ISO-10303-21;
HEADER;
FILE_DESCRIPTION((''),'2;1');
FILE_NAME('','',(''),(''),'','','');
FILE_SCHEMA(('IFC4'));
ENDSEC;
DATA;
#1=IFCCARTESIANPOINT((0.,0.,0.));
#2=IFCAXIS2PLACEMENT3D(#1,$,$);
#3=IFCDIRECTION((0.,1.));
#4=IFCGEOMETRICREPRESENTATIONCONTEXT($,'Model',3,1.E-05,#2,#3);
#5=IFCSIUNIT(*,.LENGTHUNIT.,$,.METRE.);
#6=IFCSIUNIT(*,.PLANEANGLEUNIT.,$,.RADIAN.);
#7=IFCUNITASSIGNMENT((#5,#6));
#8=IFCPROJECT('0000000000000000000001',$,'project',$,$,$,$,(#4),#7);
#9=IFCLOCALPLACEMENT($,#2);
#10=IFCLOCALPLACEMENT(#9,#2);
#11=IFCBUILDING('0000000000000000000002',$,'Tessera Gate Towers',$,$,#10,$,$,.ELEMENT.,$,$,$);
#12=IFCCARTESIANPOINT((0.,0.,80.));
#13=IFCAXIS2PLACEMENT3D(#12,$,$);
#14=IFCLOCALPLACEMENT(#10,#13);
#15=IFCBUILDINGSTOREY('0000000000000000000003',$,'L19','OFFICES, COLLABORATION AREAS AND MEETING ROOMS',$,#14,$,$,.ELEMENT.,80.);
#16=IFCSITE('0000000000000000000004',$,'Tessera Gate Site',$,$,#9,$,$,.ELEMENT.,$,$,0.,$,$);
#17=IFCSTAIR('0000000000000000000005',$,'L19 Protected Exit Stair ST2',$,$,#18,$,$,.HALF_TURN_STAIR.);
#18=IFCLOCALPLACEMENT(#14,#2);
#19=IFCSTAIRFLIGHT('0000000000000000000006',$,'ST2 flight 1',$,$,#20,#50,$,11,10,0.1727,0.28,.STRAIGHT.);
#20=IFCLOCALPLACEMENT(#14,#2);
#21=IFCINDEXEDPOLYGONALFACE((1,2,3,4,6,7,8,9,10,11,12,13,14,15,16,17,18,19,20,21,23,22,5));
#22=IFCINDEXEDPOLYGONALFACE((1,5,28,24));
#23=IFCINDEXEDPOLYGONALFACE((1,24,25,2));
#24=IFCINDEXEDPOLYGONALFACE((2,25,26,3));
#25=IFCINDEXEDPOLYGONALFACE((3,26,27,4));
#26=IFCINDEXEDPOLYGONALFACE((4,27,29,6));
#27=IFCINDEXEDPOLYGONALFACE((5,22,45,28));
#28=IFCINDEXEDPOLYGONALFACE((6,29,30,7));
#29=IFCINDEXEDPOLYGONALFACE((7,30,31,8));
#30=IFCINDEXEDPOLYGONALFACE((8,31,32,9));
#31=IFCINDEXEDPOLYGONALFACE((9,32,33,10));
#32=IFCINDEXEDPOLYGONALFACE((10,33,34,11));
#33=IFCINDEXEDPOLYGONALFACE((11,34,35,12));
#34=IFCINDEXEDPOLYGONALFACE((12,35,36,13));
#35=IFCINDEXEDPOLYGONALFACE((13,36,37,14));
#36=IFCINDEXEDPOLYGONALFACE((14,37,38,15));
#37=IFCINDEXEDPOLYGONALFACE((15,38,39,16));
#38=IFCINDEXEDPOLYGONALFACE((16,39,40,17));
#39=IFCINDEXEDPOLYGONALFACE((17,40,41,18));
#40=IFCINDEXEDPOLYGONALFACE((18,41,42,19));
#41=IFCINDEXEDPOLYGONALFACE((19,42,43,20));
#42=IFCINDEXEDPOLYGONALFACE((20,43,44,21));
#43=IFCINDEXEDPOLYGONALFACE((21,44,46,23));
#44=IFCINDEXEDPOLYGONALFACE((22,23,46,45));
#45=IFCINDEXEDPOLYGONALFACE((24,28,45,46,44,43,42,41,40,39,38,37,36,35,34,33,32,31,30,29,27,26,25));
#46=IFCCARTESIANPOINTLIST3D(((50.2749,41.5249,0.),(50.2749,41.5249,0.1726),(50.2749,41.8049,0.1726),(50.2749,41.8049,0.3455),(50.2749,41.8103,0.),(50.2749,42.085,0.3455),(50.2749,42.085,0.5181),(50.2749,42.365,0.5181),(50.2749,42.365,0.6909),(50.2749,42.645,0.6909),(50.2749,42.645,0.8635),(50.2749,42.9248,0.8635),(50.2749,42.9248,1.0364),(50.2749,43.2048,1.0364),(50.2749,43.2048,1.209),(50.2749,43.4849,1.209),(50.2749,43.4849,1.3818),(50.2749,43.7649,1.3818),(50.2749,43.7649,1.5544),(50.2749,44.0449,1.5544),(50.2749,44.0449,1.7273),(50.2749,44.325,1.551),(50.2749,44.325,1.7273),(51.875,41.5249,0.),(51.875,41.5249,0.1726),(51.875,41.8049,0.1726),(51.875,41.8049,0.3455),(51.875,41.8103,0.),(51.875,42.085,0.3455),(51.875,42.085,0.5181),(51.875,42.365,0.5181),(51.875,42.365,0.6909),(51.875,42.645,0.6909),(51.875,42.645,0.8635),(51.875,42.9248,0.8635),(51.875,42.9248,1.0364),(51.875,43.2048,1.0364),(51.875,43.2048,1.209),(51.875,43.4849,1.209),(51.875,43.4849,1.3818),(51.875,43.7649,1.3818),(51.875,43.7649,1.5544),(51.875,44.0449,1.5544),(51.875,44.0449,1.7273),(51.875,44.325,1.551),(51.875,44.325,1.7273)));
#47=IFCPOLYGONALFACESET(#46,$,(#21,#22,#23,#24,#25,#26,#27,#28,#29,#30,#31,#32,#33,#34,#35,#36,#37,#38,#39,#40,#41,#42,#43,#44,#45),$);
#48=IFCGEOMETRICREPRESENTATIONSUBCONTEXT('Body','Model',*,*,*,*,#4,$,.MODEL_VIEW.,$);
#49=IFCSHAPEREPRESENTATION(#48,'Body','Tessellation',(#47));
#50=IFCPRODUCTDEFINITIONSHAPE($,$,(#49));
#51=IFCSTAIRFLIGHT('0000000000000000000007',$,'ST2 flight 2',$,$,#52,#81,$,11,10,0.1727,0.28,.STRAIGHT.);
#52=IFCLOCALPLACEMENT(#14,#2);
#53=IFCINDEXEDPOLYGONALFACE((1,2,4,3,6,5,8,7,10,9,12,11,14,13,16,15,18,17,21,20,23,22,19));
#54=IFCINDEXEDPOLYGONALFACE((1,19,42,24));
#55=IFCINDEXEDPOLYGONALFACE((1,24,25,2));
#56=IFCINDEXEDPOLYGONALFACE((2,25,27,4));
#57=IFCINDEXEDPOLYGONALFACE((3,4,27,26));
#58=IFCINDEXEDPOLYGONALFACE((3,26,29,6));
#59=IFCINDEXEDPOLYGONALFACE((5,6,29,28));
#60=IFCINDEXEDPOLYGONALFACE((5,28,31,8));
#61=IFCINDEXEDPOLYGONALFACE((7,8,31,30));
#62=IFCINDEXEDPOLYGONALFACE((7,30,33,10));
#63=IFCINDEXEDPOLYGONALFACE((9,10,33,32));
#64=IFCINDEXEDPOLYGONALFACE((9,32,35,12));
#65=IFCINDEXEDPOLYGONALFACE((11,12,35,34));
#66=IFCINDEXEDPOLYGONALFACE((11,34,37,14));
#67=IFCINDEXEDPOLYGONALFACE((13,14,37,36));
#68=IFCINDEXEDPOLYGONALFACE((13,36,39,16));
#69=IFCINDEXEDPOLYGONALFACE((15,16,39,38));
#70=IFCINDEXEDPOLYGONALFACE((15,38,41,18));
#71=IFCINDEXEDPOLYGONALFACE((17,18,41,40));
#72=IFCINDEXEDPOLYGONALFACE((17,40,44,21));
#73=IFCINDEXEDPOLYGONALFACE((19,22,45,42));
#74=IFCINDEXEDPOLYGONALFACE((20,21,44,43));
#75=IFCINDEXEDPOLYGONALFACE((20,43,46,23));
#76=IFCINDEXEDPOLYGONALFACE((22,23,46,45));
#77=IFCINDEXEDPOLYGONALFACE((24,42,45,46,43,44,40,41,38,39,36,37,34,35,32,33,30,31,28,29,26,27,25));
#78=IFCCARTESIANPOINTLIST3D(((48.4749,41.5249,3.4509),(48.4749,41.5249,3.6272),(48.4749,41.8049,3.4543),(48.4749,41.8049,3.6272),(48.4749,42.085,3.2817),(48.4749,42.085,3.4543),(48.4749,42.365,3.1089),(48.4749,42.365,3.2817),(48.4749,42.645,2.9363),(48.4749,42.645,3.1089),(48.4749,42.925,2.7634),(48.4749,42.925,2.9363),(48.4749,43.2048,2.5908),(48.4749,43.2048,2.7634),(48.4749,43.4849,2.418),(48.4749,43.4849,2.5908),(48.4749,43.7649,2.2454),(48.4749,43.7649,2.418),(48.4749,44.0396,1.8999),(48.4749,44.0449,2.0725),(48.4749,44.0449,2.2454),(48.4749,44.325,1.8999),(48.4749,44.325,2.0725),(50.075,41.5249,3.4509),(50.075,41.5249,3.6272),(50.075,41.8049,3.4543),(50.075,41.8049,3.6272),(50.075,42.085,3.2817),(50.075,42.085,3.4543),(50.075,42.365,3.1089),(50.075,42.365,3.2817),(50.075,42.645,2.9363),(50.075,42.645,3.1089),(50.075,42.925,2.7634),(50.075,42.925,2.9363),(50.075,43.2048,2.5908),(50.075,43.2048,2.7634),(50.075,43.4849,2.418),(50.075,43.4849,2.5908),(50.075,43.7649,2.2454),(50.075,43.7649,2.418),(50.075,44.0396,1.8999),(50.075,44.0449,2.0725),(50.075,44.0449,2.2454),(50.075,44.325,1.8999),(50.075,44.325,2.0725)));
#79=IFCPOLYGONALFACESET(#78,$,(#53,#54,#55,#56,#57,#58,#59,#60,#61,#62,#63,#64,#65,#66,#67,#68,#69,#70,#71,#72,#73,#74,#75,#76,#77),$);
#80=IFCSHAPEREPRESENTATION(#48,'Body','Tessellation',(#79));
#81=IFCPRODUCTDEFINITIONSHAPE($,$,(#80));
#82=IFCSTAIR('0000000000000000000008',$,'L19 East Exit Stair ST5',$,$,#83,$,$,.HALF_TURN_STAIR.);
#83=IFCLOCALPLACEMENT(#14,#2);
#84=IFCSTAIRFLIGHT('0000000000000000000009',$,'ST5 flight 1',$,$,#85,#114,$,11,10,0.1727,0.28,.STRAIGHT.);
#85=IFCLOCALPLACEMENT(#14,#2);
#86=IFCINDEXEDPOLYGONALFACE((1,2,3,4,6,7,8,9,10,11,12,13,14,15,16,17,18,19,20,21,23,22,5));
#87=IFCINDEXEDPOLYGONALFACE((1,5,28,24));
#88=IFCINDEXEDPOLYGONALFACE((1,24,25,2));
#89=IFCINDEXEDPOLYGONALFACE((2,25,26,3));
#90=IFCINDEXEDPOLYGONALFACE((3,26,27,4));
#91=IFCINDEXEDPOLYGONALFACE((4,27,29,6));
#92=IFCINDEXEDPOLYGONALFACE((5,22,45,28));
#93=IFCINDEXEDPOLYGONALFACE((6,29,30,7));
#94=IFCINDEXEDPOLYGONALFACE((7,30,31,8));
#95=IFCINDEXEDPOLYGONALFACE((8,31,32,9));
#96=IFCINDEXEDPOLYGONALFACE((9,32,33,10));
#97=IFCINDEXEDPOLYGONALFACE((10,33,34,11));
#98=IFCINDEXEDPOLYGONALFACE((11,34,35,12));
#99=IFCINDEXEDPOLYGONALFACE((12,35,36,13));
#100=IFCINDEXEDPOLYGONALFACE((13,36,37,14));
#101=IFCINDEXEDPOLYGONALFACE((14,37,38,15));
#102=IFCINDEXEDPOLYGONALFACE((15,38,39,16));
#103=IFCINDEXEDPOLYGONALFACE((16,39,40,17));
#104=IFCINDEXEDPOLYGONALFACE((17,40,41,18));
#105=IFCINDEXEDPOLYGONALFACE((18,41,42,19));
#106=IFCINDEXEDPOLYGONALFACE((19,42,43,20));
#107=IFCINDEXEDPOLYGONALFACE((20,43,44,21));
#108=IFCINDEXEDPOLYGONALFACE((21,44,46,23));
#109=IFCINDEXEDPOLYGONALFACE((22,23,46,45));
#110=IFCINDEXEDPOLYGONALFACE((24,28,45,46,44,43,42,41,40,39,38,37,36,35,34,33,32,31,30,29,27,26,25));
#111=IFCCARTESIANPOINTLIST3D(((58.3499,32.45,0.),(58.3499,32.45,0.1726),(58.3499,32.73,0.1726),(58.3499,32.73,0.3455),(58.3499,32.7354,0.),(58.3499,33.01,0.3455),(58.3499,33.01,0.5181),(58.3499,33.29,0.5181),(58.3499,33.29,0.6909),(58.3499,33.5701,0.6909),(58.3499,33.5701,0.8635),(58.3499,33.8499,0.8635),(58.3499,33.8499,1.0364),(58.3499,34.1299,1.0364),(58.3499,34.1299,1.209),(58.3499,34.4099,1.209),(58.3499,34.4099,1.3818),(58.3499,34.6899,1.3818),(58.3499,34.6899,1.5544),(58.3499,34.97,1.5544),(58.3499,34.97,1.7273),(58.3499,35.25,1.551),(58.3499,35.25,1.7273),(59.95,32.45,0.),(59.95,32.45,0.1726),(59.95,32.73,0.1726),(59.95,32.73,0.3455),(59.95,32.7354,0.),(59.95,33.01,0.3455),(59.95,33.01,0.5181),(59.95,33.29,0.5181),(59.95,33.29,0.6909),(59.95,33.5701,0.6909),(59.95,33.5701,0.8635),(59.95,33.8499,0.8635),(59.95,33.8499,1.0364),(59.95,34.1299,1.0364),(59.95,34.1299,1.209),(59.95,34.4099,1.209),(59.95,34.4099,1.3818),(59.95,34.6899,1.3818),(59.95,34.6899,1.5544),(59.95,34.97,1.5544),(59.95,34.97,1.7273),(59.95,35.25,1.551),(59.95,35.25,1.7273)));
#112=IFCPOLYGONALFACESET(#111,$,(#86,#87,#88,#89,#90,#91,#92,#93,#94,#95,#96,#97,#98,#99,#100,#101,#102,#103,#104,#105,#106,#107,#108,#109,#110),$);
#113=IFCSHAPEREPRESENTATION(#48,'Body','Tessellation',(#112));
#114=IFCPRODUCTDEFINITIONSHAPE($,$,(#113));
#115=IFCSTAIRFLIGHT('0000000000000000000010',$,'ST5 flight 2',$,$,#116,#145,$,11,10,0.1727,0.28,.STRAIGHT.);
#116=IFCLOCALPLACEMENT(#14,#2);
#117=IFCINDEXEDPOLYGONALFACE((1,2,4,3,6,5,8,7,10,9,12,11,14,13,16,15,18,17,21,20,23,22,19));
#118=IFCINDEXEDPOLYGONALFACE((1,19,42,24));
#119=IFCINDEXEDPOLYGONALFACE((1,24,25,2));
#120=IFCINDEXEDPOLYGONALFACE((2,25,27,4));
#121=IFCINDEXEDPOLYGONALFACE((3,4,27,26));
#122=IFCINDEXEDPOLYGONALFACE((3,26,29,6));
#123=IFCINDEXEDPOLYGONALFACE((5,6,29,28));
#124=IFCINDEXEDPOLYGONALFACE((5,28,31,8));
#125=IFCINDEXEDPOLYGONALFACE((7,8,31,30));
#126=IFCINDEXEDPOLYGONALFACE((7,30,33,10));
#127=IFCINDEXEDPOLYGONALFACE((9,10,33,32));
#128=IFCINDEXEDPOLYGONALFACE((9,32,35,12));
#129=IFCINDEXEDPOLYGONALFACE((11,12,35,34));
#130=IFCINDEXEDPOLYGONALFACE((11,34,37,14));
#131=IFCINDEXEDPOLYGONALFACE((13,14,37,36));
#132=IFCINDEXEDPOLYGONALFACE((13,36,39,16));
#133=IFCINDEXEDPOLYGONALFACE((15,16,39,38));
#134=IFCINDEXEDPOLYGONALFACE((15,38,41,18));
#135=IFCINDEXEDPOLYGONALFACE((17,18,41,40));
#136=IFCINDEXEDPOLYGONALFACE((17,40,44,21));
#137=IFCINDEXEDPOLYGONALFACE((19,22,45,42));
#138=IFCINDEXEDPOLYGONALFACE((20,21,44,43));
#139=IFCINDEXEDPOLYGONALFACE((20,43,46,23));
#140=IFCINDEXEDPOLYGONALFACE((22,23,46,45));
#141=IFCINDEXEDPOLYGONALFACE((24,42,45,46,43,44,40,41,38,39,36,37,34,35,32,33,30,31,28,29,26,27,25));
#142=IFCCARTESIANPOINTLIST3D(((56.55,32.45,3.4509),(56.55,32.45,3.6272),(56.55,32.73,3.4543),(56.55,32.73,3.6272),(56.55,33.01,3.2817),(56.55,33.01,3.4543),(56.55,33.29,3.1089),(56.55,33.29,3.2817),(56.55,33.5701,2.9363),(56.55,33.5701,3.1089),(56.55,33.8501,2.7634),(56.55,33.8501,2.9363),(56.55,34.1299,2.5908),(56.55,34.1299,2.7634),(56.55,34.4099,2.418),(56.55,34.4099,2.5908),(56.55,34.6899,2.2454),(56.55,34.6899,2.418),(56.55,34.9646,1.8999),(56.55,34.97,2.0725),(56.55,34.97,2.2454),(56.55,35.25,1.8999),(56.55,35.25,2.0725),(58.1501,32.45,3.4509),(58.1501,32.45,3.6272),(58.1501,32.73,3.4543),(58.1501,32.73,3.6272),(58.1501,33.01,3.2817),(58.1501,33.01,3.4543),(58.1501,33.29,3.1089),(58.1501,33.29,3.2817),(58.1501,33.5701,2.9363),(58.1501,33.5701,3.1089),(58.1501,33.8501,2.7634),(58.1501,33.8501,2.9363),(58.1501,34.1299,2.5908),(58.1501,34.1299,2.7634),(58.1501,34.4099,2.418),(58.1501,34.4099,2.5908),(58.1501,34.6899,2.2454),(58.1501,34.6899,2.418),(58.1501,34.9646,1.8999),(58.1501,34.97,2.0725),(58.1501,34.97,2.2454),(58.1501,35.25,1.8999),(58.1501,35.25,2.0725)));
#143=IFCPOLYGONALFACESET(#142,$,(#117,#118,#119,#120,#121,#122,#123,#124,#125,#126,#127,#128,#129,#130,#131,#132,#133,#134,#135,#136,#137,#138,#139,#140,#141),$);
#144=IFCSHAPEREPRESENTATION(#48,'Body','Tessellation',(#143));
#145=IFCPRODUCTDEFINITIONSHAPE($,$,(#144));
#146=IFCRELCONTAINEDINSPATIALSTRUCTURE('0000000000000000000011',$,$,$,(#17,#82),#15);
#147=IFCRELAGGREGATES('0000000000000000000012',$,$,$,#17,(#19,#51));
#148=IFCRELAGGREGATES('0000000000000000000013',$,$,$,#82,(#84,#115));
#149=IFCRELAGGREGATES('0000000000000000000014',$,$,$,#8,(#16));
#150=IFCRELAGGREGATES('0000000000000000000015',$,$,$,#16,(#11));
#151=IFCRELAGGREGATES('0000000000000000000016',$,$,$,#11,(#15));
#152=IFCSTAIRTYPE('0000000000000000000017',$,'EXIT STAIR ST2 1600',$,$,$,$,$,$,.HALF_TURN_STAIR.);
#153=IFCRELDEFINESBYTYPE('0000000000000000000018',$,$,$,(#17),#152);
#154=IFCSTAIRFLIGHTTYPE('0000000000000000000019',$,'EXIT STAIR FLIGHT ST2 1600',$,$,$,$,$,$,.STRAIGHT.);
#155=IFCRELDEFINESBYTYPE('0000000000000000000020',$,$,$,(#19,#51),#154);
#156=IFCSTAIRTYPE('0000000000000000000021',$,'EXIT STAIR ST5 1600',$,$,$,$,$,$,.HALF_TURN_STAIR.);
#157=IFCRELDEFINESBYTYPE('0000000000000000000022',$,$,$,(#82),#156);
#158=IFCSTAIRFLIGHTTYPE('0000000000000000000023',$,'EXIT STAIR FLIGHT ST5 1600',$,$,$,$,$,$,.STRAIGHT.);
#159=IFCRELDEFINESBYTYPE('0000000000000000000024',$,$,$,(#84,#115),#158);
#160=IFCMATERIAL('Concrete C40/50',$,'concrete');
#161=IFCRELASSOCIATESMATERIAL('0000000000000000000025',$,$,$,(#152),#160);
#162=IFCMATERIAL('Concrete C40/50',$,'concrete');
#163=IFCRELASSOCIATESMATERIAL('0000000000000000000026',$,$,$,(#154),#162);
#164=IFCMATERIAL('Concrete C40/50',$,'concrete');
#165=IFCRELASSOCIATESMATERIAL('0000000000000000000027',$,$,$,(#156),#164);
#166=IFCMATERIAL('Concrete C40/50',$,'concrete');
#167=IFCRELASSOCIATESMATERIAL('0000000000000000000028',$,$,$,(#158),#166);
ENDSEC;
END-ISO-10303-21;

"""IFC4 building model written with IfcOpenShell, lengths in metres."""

from ifc_helpers import new_model, si_unit, direction, frame, origin, place, context, subcontext, project, spatial, polyline, outline, extrude, material, type_object, element, aggregate, save


model = new_model("IFC4")

# Units and contexts
model_context = context("Model", 3, precision=1e-05, world=origin(), true_north=direction((0.0, 1.0)))
body_context = subcontext(model_context, "Body", "Model", "MODEL_VIEW")
ifc_project = project(units=[si_unit("LENGTHUNIT", "METRE"), si_unit("PLANEANGLEUNIT", "RADIAN")], contexts=[model_context])

# Site, building, storey
site_placement = place(None, origin())
site = spatial("IfcSite", under=ifc_project, at=site_placement, Name="Tessera Gate Site", CompositionType="ELEMENT", RefElevation=0.0)
building_placement = place(site_placement, origin())
building = spatial("IfcBuilding", under=site, at=building_placement, Name="Tessera Gate Towers", CompositionType="ELEMENT")
storey_placement = place(building_placement, frame((0.0, 0.0, 80.0)))
storey = spatial("IfcBuildingStorey", under=building, at=storey_placement, Name="L19", Description="OFFICES, COLLABORATION AREAS AND MEETING ROOMS", CompositionType="ELEMENT", Elevation=80.0)

# Stairs, stair flights
ifc_material_1 = material(Name="Concrete C40/50", Category="concrete")
stair_type_1 = type_object("IfcStairType", Name="EXIT STAIR ST2 1600", PredefinedType="HALF_TURN_STAIR", material=ifc_material_1)
stair_1_placement = place(storey_placement, origin())
stair_1 = element("IfcStair", 1, at=stair_1_placement, inside=storey, type_object=stair_type_1, Name="L19 Protected Exit Stair ST2", PredefinedType="HALF_TURN_STAIR")
ifc_material_2 = material(Name="Concrete C40/50", Category="concrete")
stair_flight_type_1 = type_object("IfcStairFlightType", Name="EXIT STAIR FLIGHT ST2 1600", PredefinedType="STRAIGHT", material=ifc_material_2)
stair_flight_1_placement = place(storey_placement, frame((51.075, 41.5249, 0.0), z_axis=(0.0, 0.0, 1.0), x_axis=(0.0, 1.0, 0.0)))
stair_flight_1 = element("IfcStairFlight", 2, at=stair_flight_1_placement, type_object=stair_flight_type_1, Name="ST2 flight 1", NumberOfRisers=11, NumberOfTreads=10, PredefinedType="STRAIGHT", RiserHeight=0.1727, TreadLength=0.28, context=body_context, shape_type="SweptSolid", body=[
    extrude(outline(polyline([(0.0, 0.0), (0.0, 0.1726), (0.28, 0.1726), (0.28, 0.3455), (0.5601, 0.3455), (0.5601, 0.5181), (0.8401, 0.5181), (0.8401, 0.6909), (1.1201, 0.6909), (1.1201, 0.8635), (1.3999, 0.8635), (1.3999, 1.0364), (1.6799, 1.0364), (1.6799, 1.209), (1.96, 1.209), (1.96, 1.3818), (2.24, 1.3818), (2.24, 1.5544), (2.52, 1.5544), (2.52, 1.7273), (2.8, 1.7273), (2.8, 1.8999), (2.8, 1.551), (0.2854, 0.0), (0.0, 0.0)])), frame((0.0, 0.8, 0.0), z_axis=(0.0, -1.0, 0.0), x_axis=(1.0, 0.0, 0.0)), (0.0, 0.0, 1.0), 1.6001),
])
stair_flight_2_placement = place(storey_placement, frame((49.2749, 44.325, 1.8999), z_axis=(0.0, 0.0, 1.0), x_axis=(0.0, -1.0, 0.0)))
stair_flight_2 = element("IfcStairFlight", 3, at=stair_flight_2_placement, type_object=stair_flight_type_1, Name="ST2 flight 2", NumberOfRisers=11, NumberOfTreads=10, PredefinedType="STRAIGHT", RiserHeight=0.1727, TreadLength=0.28, context=body_context, shape_type="SweptSolid", body=[
    extrude(outline(polyline([(0.0, 0.0), (0.0, 0.1726), (0.28, 0.1726), (0.28, 0.3455), (0.5601, 0.3455), (0.5601, 0.5181), (0.8401, 0.5181), (0.8401, 0.6909), (1.1201, 0.6909), (1.1201, 0.8635), (1.3999, 0.8635), (1.3999, 1.0364), (1.6799, 1.0364), (1.6799, 1.209), (1.96, 1.209), (1.96, 1.3818), (2.24, 1.3818), (2.24, 1.5544), (2.52, 1.5544), (2.52, 1.7273), (2.8, 1.7273), (2.8, 1.8999), (2.8, 1.551), (0.2854, 0.0), (0.0, 0.0)])), frame((0.0, 0.8, 0.0), z_axis=(0.0, -1.0, 0.0), x_axis=(1.0, 0.0, 0.0)), (0.0, 0.0, 1.0), 1.6001),
])
aggregate(stair_1, [stair_flight_1, stair_flight_2])
ifc_material_3 = material(Name="Concrete C40/50", Category="concrete")
stair_type_2 = type_object("IfcStairType", Name="EXIT STAIR ST5 1600", PredefinedType="HALF_TURN_STAIR", material=ifc_material_3)
stair_2_placement = place(storey_placement, origin())
stair_2 = element("IfcStair", 4, at=stair_2_placement, inside=storey, type_object=stair_type_2, Name="L19 East Exit Stair ST5", PredefinedType="HALF_TURN_STAIR")
ifc_material_4 = material(Name="Concrete C40/50", Category="concrete")
stair_flight_type_2 = type_object("IfcStairFlightType", Name="EXIT STAIR FLIGHT ST5 1600", PredefinedType="STRAIGHT", material=ifc_material_4)
stair_flight_3_placement = place(storey_placement, frame((59.1499, 32.45, 0.0), z_axis=(0.0, 0.0, 1.0), x_axis=(0.0, 1.0, 0.0)))
stair_flight_3 = element("IfcStairFlight", 5, at=stair_flight_3_placement, type_object=stair_flight_type_2, Name="ST5 flight 1", NumberOfRisers=11, NumberOfTreads=10, PredefinedType="STRAIGHT", RiserHeight=0.1727, TreadLength=0.28, context=body_context, shape_type="SweptSolid", body=[
    extrude(outline(polyline([(0.0, 0.0), (0.0, 0.1726), (0.28, 0.1726), (0.28, 0.3455), (0.5601, 0.3455), (0.5601, 0.5181), (0.8401, 0.5181), (0.8401, 0.6909), (1.1201, 0.6909), (1.1201, 0.8635), (1.3999, 0.8635), (1.3999, 1.0364), (1.6799, 1.0364), (1.6799, 1.209), (1.96, 1.209), (1.96, 1.3818), (2.24, 1.3818), (2.24, 1.5544), (2.52, 1.5544), (2.52, 1.7273), (2.8, 1.7273), (2.8, 1.8999), (2.8, 1.551), (0.2854, 0.0), (0.0, 0.0)])), frame((0.0, 0.8, 0.0), z_axis=(0.0, -1.0, 0.0), x_axis=(1.0, 0.0, 0.0)), (0.0, 0.0, 1.0), 1.6001),
])
stair_flight_4_placement = place(storey_placement, frame((57.3501, 35.25, 1.8999), z_axis=(0.0, 0.0, 1.0), x_axis=(0.0, -1.0, 0.0)))
stair_flight_4 = element("IfcStairFlight", 6, at=stair_flight_4_placement, type_object=stair_flight_type_2, Name="ST5 flight 2", NumberOfRisers=11, NumberOfTreads=10, PredefinedType="STRAIGHT", RiserHeight=0.1727, TreadLength=0.28, context=body_context, shape_type="SweptSolid", body=[
    extrude(outline(polyline([(0.0, 0.0), (0.0, 0.1726), (0.28, 0.1726), (0.28, 0.3455), (0.5601, 0.3455), (0.5601, 0.5181), (0.8401, 0.5181), (0.8401, 0.6909), (1.1201, 0.6909), (1.1201, 0.8635), (1.3999, 0.8635), (1.3999, 1.0364), (1.6799, 1.0364), (1.6799, 1.209), (1.96, 1.209), (1.96, 1.3818), (2.24, 1.3818), (2.24, 1.5544), (2.52, 1.5544), (2.52, 1.7273), (2.8, 1.7273), (2.8, 1.8999), (2.8, 1.551), (0.2854, 0.0), (0.0, 0.0)])), frame((0.0, 0.8, 0.0), z_axis=(0.0, -1.0, 0.0), x_axis=(1.0, 0.0, 0.0)), (0.0, 0.0, 1.0), 1.6001),
])
aggregate(stair_2, [stair_flight_3, stair_flight_4])

save(model, "model.ifc")
